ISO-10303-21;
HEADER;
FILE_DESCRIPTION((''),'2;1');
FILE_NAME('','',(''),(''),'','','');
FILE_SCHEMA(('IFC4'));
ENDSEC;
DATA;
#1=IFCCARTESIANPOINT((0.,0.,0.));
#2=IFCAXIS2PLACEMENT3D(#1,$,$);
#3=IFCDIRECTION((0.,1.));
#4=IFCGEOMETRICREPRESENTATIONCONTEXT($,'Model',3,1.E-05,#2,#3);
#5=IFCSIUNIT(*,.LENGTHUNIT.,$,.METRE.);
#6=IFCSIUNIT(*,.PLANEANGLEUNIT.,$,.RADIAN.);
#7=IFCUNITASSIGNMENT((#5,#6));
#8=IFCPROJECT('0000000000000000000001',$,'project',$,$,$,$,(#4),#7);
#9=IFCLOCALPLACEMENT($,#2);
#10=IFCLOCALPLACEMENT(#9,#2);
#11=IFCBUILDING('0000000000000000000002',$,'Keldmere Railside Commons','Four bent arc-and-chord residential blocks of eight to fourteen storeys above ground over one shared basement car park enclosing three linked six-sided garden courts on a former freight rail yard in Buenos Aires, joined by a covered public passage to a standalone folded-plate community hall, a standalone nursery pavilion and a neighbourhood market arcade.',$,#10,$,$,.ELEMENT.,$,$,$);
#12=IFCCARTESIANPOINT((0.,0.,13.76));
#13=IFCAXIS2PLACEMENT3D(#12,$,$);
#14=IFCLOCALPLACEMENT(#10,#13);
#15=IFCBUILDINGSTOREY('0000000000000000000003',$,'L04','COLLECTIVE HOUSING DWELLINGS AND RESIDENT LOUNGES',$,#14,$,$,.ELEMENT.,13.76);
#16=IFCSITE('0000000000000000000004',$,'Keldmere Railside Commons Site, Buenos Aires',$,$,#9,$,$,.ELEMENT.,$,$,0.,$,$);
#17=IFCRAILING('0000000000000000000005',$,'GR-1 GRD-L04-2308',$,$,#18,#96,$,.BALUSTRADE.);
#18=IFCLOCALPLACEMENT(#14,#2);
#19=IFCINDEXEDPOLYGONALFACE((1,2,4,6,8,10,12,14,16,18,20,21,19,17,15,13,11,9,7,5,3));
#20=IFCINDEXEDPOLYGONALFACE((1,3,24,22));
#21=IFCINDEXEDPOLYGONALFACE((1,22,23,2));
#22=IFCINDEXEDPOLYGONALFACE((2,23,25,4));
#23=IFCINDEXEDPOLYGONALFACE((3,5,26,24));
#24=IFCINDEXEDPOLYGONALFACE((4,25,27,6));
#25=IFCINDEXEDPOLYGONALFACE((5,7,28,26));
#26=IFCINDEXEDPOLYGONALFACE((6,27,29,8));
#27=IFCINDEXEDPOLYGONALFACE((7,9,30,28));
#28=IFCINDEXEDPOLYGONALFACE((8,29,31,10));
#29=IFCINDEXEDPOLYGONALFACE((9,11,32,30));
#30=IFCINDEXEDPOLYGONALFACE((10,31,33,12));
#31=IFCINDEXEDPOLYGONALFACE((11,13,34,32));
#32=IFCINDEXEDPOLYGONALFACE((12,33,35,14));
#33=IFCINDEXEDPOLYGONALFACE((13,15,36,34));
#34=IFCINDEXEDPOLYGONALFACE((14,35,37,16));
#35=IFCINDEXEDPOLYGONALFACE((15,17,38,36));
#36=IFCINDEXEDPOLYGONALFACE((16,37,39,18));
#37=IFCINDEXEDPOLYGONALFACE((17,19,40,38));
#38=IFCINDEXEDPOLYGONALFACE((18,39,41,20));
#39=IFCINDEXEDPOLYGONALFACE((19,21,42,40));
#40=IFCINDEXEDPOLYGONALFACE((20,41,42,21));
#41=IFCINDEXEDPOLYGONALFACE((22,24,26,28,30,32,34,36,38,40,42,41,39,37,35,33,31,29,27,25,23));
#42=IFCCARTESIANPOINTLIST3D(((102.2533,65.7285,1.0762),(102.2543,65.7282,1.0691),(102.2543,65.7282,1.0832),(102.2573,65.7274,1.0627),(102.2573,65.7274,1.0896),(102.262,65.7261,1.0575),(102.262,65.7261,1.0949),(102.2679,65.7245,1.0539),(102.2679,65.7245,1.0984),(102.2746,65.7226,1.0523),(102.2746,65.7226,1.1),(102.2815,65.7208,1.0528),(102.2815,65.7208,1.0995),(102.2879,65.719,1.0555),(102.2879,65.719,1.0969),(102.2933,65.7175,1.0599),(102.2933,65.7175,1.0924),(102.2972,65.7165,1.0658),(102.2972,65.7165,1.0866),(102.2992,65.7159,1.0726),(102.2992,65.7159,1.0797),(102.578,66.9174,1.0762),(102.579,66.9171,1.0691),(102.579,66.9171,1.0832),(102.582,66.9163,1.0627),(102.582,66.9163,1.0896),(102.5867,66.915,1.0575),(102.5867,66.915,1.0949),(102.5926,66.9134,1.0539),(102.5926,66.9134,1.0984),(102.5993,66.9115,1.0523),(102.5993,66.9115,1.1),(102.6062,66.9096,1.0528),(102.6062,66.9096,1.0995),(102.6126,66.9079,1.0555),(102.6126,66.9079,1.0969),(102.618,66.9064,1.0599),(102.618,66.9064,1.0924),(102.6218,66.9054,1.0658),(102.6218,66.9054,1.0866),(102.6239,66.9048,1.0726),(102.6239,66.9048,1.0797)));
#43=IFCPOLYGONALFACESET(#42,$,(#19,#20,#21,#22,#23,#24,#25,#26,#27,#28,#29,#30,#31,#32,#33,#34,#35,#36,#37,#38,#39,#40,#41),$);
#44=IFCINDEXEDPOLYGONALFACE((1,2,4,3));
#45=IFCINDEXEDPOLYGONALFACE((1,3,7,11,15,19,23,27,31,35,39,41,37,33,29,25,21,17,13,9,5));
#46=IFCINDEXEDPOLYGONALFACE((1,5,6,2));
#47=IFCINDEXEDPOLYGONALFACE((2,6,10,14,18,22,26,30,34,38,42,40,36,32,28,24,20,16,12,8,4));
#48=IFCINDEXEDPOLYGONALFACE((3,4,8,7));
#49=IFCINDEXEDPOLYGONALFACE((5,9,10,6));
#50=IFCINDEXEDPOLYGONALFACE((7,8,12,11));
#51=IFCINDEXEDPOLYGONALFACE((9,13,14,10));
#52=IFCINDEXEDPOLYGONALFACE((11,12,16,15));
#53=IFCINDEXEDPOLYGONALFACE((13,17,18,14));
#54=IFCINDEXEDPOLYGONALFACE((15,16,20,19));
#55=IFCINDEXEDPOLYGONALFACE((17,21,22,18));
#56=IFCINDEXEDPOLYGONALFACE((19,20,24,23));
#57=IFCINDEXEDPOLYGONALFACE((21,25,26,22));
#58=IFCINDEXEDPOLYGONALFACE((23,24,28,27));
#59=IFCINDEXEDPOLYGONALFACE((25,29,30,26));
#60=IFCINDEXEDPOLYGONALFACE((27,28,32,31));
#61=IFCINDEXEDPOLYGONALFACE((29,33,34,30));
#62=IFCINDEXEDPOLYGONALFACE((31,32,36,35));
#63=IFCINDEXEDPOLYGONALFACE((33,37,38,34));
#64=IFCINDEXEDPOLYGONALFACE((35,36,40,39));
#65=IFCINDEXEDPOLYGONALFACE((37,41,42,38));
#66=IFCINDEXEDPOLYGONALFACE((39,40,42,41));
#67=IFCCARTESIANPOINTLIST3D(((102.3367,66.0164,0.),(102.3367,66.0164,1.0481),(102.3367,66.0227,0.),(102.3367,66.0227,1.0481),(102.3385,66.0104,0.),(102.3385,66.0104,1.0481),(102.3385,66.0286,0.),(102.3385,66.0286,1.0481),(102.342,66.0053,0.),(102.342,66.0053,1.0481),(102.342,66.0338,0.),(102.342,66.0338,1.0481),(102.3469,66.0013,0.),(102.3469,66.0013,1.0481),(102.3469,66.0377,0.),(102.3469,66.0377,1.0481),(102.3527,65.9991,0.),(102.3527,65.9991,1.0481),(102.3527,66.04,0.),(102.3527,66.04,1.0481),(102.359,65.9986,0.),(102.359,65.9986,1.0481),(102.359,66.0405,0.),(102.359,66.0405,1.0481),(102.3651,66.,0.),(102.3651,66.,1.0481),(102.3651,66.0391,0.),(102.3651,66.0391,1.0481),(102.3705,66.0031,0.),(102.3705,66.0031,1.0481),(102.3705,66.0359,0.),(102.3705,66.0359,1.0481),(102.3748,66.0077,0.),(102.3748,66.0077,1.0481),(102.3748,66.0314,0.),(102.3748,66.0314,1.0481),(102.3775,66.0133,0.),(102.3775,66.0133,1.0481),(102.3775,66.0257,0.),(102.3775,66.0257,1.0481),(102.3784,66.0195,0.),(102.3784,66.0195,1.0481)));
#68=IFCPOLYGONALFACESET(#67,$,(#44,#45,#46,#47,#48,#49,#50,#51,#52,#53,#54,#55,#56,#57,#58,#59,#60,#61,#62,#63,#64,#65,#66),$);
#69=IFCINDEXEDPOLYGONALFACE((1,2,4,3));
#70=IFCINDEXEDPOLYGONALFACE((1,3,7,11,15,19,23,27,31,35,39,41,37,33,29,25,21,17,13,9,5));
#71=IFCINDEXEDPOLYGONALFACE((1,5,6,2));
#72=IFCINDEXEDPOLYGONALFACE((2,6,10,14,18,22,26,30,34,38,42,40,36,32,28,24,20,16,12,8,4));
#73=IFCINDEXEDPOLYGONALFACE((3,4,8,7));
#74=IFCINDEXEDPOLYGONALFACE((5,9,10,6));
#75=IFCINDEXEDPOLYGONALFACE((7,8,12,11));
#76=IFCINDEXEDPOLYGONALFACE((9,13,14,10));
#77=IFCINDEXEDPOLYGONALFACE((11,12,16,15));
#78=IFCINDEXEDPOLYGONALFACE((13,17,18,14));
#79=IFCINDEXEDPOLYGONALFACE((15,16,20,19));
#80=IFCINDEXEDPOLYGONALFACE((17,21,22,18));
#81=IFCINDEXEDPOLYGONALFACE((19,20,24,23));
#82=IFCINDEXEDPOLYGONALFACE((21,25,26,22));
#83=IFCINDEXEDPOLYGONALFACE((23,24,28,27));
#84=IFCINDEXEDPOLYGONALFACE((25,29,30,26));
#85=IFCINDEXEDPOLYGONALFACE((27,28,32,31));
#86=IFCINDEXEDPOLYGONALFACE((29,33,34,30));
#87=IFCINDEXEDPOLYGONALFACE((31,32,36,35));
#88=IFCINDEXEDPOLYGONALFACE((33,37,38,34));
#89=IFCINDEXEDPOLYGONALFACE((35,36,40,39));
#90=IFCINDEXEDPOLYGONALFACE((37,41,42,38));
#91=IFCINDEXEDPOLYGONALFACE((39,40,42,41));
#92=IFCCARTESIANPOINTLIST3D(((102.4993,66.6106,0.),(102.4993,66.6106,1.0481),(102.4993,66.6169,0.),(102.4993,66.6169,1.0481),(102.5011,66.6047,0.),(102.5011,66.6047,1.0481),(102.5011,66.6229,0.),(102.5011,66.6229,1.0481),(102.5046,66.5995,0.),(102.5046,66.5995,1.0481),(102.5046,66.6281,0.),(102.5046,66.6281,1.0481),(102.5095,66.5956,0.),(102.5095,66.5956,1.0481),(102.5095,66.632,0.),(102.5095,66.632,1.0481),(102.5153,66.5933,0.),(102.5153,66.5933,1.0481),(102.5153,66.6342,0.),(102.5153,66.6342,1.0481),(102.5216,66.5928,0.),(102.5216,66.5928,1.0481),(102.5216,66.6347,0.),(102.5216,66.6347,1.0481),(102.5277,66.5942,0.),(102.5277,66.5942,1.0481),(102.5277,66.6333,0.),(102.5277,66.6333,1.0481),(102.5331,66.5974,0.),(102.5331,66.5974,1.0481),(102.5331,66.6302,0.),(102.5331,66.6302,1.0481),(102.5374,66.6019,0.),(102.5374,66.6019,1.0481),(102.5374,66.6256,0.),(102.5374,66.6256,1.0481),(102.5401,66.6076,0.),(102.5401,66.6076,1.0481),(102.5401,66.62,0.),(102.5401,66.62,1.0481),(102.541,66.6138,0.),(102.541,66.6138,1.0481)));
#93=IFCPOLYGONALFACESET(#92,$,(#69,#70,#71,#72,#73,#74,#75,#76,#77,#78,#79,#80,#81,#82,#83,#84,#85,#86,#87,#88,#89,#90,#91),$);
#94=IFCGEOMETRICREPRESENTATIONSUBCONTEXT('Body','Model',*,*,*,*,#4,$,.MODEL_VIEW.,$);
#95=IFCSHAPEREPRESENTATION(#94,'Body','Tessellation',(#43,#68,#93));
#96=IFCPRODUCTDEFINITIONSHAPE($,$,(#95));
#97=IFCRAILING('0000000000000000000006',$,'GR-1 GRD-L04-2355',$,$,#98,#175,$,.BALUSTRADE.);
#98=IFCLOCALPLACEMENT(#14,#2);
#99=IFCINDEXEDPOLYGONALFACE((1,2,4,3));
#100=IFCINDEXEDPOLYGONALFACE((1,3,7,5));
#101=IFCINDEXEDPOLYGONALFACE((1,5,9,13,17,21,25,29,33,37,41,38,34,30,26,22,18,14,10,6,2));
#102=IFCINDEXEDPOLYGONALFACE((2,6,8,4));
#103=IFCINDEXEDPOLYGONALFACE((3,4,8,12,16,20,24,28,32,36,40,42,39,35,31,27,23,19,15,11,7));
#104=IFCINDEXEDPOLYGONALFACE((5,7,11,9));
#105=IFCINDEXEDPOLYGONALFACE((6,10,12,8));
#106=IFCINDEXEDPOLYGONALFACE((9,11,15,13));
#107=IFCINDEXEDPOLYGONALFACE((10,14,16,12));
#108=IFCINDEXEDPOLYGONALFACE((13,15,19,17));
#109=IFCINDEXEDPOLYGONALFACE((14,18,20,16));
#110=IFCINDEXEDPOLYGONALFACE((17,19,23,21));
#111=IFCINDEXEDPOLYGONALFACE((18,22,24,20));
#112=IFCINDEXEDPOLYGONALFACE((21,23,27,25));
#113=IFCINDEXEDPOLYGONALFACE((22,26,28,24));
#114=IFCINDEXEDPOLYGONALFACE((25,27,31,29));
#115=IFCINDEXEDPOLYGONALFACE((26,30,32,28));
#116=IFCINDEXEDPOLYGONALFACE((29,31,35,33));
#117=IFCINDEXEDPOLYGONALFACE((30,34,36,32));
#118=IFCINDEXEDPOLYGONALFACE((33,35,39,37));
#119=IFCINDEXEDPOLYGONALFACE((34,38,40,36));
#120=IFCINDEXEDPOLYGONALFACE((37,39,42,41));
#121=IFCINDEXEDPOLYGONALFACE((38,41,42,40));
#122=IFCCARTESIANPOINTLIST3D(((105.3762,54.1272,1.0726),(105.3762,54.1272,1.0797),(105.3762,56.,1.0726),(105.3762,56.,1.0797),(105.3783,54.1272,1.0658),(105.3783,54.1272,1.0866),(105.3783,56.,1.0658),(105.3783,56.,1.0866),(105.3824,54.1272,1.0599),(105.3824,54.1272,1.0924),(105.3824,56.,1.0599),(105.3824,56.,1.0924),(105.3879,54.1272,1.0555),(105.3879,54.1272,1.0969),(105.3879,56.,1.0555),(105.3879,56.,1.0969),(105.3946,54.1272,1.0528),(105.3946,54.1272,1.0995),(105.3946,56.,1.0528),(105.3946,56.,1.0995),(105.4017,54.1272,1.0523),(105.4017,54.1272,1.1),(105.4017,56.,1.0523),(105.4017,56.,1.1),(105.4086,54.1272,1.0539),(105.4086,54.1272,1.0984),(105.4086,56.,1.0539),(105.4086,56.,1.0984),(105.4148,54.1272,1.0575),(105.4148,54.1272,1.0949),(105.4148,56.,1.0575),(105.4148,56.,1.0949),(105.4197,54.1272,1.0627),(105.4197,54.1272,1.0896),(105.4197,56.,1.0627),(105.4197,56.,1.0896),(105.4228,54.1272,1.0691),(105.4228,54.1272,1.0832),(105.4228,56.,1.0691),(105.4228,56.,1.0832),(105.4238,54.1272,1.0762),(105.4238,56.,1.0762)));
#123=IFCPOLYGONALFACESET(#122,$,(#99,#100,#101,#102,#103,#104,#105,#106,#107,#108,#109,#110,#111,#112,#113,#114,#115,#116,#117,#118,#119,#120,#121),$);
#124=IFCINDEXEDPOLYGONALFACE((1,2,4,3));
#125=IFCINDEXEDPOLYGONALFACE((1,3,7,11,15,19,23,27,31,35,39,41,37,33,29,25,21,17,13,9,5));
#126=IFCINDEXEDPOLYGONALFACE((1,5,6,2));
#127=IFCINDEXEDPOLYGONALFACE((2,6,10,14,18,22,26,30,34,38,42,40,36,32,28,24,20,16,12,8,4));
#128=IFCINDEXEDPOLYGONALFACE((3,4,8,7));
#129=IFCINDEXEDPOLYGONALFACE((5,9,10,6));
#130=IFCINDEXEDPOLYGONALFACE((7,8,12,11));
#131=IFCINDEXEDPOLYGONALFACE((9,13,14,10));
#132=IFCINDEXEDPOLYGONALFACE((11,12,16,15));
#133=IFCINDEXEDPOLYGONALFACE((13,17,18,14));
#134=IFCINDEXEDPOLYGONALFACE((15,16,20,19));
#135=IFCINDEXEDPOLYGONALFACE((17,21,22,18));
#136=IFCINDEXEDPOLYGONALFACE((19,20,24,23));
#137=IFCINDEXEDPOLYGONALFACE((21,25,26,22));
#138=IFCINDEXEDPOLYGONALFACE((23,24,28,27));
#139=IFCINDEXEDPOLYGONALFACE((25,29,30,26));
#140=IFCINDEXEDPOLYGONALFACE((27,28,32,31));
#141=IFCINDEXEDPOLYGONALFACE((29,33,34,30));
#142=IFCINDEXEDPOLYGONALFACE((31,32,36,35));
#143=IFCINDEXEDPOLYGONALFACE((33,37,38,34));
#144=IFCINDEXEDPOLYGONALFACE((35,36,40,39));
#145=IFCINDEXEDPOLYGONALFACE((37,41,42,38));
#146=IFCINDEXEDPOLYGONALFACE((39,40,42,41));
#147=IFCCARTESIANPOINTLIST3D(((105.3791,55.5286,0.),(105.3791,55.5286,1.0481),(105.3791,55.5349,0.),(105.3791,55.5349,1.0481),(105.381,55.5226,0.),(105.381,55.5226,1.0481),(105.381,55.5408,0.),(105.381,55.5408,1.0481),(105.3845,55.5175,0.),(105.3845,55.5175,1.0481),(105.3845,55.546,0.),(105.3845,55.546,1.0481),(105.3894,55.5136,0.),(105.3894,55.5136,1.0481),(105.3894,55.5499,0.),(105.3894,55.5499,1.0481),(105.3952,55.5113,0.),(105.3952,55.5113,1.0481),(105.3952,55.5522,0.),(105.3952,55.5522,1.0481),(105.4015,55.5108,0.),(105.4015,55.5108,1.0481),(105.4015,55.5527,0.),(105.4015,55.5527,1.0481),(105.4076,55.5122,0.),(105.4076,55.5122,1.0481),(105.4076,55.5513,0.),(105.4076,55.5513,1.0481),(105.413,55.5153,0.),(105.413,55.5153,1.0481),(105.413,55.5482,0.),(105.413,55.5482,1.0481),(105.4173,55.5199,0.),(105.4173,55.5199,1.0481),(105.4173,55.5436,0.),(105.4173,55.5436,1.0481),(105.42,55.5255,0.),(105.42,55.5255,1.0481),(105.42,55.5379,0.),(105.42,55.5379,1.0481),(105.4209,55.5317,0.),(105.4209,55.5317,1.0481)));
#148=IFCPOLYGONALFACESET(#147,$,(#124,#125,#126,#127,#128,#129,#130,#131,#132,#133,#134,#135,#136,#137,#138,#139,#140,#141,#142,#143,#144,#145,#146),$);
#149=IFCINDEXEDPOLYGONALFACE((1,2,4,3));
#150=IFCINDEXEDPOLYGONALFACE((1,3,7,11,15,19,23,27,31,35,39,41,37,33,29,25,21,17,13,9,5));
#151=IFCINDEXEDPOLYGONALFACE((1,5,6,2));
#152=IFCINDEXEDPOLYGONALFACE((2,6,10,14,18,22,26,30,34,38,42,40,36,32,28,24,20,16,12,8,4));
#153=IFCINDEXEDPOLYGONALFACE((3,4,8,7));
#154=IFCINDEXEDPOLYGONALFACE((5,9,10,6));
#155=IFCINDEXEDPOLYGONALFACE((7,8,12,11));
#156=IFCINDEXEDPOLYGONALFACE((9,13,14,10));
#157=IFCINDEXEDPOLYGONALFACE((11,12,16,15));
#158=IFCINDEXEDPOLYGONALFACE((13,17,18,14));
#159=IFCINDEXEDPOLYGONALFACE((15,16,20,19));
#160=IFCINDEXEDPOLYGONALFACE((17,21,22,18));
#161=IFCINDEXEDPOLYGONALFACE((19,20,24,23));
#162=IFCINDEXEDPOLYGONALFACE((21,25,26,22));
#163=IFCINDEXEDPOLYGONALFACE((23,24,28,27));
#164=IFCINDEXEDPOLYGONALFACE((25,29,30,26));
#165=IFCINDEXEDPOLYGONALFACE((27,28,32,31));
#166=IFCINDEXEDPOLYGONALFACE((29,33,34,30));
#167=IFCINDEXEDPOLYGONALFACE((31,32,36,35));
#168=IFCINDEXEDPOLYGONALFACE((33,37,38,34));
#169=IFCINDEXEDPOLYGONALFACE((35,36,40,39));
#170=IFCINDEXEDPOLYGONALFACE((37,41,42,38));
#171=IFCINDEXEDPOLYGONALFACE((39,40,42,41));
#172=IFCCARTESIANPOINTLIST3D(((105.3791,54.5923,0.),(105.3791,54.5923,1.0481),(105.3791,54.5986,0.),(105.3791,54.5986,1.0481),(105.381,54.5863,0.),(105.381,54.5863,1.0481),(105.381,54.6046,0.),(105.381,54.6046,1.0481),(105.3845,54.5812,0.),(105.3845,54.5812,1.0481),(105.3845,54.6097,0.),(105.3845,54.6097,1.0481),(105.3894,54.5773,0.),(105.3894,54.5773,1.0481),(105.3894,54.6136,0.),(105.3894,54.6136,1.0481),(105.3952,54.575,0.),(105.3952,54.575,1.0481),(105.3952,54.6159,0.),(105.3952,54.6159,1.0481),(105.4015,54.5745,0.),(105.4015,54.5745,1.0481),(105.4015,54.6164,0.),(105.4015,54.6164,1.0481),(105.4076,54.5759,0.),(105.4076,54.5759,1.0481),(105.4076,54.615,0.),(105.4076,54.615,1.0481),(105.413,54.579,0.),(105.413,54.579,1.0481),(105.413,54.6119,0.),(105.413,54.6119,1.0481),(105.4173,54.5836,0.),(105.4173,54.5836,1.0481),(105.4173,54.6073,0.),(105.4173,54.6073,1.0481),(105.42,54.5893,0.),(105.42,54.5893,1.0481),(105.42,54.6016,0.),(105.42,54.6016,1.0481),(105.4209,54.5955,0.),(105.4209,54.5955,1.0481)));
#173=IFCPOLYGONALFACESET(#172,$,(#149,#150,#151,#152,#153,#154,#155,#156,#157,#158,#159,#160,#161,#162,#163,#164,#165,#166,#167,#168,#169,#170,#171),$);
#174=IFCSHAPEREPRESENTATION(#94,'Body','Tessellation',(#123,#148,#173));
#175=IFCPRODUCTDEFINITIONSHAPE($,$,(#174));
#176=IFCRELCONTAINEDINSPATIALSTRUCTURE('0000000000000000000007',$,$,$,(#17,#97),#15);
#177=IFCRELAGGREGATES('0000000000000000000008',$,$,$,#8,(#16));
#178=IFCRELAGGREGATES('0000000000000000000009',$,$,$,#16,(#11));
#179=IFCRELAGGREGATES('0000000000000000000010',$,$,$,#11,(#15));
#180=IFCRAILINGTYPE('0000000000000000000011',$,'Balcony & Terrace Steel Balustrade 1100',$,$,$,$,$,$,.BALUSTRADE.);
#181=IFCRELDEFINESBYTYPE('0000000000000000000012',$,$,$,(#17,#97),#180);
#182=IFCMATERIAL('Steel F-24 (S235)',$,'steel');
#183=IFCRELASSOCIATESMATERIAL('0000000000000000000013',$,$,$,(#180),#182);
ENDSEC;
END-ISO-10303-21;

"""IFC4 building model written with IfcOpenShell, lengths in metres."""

from ifc_helpers import new_model, si_unit, direction, frame, origin, origin_2d, place, context, subcontext, project, spatial, circle, extrude, material, type_object, element, save


model = new_model("IFC4")

# Units and contexts
model_context = context("Model", 3, precision=1e-05, world=origin(), true_north=direction((0.0, 1.0)))
body_context = subcontext(model_context, "Body", "Model", "MODEL_VIEW")
ifc_project = project(units=[si_unit("LENGTHUNIT", "METRE"), si_unit("PLANEANGLEUNIT", "RADIAN")], contexts=[model_context])

# Site, building, storey
site_placement = place(None, origin())
site = spatial("IfcSite", under=ifc_project, at=site_placement, Name="Keldmere Railside Commons Site, Buenos Aires", CompositionType="ELEMENT", RefElevation=0.0)
building_placement = place(site_placement, origin())
building = spatial("IfcBuilding", under=site, at=building_placement, Name="Keldmere Railside Commons", Description="Four bent arc-and-chord residential blocks of eight to fourteen storeys above ground over one shared basement car park enclosing three linked six-sided garden courts on a former freight rail yard in Buenos Aires, joined by a covered public passage to a standalone folded-plate community hall, a standalone nursery pavilion and a neighbourhood market arcade.", CompositionType="ELEMENT")
storey_placement = place(building_placement, frame((0.0, 0.0, 13.76)))
storey = spatial("IfcBuildingStorey", under=building, at=storey_placement, Name="L04", Description="COLLECTIVE HOUSING DWELLINGS AND RESIDENT LOUNGES", CompositionType="ELEMENT", Elevation=13.76)

# Railings
ifc_material_1 = material(Name="Steel F-24 (S235)", Category="steel")
railing_type = type_object("IfcRailingType", Name="Balcony & Terrace Steel Balustrade 1100", PredefinedType="BALUSTRADE", material=ifc_material_1)
railing_1_placement = place(storey_placement, frame((102.2764, 65.7222, 0.0)))
element("IfcRailing", 1, at=railing_1_placement, inside=storey, type_object=railing_type, Name="GR-1 GRD-L04-2308", PredefinedType="BALUSTRADE", context=body_context, shape_type="SweptSolid", body=[
    extrude(circle(Radius=0.0239, at=origin_2d()), frame((0.0, 0.0, 1.0762), z_axis=(0.263453, 0.964672, 0.0), x_axis=(-0.964672, 0.263453, 0.0)), (0.0, 0.0, 1.0), 1.2324),
    extrude(circle(Radius=0.021, at=origin_2d()), frame((0.0811, 0.2974, 0.0)), (0.0, 0.0, 1.0), 1.0481),
    extrude(circle(Radius=0.021, at=origin_2d()), frame((0.2437, 0.8916, 0.0)), (0.0, 0.0, 1.0), 1.0481),
])
railing_2_placement = place(storey_placement, frame((105.3999, 56.0, 0.0)))
element("IfcRailing", 2, at=railing_2_placement, inside=storey, type_object=railing_type, Name="GR-1 GRD-L04-2355", PredefinedType="BALUSTRADE", context=body_context, shape_type="SweptSolid", body=[
    extrude(circle(Radius=0.0239, at=origin_2d()), frame((0.0, 0.0, 1.0762), z_axis=(0.0, -1.0, 0.0), x_axis=(1.0, 0.0, 0.0)), (0.0, 0.0, 1.0), 1.8728),
    extrude(circle(Radius=0.021, at=origin_2d()), frame((0.0, -0.4683, 0.0)), (0.0, 0.0, 1.0), 1.0481),
    extrude(circle(Radius=0.021, at=origin_2d()), frame((0.0, -1.4045, 0.0)), (0.0, 0.0, 1.0), 1.0481),
])

save(model, "model.ifc")
